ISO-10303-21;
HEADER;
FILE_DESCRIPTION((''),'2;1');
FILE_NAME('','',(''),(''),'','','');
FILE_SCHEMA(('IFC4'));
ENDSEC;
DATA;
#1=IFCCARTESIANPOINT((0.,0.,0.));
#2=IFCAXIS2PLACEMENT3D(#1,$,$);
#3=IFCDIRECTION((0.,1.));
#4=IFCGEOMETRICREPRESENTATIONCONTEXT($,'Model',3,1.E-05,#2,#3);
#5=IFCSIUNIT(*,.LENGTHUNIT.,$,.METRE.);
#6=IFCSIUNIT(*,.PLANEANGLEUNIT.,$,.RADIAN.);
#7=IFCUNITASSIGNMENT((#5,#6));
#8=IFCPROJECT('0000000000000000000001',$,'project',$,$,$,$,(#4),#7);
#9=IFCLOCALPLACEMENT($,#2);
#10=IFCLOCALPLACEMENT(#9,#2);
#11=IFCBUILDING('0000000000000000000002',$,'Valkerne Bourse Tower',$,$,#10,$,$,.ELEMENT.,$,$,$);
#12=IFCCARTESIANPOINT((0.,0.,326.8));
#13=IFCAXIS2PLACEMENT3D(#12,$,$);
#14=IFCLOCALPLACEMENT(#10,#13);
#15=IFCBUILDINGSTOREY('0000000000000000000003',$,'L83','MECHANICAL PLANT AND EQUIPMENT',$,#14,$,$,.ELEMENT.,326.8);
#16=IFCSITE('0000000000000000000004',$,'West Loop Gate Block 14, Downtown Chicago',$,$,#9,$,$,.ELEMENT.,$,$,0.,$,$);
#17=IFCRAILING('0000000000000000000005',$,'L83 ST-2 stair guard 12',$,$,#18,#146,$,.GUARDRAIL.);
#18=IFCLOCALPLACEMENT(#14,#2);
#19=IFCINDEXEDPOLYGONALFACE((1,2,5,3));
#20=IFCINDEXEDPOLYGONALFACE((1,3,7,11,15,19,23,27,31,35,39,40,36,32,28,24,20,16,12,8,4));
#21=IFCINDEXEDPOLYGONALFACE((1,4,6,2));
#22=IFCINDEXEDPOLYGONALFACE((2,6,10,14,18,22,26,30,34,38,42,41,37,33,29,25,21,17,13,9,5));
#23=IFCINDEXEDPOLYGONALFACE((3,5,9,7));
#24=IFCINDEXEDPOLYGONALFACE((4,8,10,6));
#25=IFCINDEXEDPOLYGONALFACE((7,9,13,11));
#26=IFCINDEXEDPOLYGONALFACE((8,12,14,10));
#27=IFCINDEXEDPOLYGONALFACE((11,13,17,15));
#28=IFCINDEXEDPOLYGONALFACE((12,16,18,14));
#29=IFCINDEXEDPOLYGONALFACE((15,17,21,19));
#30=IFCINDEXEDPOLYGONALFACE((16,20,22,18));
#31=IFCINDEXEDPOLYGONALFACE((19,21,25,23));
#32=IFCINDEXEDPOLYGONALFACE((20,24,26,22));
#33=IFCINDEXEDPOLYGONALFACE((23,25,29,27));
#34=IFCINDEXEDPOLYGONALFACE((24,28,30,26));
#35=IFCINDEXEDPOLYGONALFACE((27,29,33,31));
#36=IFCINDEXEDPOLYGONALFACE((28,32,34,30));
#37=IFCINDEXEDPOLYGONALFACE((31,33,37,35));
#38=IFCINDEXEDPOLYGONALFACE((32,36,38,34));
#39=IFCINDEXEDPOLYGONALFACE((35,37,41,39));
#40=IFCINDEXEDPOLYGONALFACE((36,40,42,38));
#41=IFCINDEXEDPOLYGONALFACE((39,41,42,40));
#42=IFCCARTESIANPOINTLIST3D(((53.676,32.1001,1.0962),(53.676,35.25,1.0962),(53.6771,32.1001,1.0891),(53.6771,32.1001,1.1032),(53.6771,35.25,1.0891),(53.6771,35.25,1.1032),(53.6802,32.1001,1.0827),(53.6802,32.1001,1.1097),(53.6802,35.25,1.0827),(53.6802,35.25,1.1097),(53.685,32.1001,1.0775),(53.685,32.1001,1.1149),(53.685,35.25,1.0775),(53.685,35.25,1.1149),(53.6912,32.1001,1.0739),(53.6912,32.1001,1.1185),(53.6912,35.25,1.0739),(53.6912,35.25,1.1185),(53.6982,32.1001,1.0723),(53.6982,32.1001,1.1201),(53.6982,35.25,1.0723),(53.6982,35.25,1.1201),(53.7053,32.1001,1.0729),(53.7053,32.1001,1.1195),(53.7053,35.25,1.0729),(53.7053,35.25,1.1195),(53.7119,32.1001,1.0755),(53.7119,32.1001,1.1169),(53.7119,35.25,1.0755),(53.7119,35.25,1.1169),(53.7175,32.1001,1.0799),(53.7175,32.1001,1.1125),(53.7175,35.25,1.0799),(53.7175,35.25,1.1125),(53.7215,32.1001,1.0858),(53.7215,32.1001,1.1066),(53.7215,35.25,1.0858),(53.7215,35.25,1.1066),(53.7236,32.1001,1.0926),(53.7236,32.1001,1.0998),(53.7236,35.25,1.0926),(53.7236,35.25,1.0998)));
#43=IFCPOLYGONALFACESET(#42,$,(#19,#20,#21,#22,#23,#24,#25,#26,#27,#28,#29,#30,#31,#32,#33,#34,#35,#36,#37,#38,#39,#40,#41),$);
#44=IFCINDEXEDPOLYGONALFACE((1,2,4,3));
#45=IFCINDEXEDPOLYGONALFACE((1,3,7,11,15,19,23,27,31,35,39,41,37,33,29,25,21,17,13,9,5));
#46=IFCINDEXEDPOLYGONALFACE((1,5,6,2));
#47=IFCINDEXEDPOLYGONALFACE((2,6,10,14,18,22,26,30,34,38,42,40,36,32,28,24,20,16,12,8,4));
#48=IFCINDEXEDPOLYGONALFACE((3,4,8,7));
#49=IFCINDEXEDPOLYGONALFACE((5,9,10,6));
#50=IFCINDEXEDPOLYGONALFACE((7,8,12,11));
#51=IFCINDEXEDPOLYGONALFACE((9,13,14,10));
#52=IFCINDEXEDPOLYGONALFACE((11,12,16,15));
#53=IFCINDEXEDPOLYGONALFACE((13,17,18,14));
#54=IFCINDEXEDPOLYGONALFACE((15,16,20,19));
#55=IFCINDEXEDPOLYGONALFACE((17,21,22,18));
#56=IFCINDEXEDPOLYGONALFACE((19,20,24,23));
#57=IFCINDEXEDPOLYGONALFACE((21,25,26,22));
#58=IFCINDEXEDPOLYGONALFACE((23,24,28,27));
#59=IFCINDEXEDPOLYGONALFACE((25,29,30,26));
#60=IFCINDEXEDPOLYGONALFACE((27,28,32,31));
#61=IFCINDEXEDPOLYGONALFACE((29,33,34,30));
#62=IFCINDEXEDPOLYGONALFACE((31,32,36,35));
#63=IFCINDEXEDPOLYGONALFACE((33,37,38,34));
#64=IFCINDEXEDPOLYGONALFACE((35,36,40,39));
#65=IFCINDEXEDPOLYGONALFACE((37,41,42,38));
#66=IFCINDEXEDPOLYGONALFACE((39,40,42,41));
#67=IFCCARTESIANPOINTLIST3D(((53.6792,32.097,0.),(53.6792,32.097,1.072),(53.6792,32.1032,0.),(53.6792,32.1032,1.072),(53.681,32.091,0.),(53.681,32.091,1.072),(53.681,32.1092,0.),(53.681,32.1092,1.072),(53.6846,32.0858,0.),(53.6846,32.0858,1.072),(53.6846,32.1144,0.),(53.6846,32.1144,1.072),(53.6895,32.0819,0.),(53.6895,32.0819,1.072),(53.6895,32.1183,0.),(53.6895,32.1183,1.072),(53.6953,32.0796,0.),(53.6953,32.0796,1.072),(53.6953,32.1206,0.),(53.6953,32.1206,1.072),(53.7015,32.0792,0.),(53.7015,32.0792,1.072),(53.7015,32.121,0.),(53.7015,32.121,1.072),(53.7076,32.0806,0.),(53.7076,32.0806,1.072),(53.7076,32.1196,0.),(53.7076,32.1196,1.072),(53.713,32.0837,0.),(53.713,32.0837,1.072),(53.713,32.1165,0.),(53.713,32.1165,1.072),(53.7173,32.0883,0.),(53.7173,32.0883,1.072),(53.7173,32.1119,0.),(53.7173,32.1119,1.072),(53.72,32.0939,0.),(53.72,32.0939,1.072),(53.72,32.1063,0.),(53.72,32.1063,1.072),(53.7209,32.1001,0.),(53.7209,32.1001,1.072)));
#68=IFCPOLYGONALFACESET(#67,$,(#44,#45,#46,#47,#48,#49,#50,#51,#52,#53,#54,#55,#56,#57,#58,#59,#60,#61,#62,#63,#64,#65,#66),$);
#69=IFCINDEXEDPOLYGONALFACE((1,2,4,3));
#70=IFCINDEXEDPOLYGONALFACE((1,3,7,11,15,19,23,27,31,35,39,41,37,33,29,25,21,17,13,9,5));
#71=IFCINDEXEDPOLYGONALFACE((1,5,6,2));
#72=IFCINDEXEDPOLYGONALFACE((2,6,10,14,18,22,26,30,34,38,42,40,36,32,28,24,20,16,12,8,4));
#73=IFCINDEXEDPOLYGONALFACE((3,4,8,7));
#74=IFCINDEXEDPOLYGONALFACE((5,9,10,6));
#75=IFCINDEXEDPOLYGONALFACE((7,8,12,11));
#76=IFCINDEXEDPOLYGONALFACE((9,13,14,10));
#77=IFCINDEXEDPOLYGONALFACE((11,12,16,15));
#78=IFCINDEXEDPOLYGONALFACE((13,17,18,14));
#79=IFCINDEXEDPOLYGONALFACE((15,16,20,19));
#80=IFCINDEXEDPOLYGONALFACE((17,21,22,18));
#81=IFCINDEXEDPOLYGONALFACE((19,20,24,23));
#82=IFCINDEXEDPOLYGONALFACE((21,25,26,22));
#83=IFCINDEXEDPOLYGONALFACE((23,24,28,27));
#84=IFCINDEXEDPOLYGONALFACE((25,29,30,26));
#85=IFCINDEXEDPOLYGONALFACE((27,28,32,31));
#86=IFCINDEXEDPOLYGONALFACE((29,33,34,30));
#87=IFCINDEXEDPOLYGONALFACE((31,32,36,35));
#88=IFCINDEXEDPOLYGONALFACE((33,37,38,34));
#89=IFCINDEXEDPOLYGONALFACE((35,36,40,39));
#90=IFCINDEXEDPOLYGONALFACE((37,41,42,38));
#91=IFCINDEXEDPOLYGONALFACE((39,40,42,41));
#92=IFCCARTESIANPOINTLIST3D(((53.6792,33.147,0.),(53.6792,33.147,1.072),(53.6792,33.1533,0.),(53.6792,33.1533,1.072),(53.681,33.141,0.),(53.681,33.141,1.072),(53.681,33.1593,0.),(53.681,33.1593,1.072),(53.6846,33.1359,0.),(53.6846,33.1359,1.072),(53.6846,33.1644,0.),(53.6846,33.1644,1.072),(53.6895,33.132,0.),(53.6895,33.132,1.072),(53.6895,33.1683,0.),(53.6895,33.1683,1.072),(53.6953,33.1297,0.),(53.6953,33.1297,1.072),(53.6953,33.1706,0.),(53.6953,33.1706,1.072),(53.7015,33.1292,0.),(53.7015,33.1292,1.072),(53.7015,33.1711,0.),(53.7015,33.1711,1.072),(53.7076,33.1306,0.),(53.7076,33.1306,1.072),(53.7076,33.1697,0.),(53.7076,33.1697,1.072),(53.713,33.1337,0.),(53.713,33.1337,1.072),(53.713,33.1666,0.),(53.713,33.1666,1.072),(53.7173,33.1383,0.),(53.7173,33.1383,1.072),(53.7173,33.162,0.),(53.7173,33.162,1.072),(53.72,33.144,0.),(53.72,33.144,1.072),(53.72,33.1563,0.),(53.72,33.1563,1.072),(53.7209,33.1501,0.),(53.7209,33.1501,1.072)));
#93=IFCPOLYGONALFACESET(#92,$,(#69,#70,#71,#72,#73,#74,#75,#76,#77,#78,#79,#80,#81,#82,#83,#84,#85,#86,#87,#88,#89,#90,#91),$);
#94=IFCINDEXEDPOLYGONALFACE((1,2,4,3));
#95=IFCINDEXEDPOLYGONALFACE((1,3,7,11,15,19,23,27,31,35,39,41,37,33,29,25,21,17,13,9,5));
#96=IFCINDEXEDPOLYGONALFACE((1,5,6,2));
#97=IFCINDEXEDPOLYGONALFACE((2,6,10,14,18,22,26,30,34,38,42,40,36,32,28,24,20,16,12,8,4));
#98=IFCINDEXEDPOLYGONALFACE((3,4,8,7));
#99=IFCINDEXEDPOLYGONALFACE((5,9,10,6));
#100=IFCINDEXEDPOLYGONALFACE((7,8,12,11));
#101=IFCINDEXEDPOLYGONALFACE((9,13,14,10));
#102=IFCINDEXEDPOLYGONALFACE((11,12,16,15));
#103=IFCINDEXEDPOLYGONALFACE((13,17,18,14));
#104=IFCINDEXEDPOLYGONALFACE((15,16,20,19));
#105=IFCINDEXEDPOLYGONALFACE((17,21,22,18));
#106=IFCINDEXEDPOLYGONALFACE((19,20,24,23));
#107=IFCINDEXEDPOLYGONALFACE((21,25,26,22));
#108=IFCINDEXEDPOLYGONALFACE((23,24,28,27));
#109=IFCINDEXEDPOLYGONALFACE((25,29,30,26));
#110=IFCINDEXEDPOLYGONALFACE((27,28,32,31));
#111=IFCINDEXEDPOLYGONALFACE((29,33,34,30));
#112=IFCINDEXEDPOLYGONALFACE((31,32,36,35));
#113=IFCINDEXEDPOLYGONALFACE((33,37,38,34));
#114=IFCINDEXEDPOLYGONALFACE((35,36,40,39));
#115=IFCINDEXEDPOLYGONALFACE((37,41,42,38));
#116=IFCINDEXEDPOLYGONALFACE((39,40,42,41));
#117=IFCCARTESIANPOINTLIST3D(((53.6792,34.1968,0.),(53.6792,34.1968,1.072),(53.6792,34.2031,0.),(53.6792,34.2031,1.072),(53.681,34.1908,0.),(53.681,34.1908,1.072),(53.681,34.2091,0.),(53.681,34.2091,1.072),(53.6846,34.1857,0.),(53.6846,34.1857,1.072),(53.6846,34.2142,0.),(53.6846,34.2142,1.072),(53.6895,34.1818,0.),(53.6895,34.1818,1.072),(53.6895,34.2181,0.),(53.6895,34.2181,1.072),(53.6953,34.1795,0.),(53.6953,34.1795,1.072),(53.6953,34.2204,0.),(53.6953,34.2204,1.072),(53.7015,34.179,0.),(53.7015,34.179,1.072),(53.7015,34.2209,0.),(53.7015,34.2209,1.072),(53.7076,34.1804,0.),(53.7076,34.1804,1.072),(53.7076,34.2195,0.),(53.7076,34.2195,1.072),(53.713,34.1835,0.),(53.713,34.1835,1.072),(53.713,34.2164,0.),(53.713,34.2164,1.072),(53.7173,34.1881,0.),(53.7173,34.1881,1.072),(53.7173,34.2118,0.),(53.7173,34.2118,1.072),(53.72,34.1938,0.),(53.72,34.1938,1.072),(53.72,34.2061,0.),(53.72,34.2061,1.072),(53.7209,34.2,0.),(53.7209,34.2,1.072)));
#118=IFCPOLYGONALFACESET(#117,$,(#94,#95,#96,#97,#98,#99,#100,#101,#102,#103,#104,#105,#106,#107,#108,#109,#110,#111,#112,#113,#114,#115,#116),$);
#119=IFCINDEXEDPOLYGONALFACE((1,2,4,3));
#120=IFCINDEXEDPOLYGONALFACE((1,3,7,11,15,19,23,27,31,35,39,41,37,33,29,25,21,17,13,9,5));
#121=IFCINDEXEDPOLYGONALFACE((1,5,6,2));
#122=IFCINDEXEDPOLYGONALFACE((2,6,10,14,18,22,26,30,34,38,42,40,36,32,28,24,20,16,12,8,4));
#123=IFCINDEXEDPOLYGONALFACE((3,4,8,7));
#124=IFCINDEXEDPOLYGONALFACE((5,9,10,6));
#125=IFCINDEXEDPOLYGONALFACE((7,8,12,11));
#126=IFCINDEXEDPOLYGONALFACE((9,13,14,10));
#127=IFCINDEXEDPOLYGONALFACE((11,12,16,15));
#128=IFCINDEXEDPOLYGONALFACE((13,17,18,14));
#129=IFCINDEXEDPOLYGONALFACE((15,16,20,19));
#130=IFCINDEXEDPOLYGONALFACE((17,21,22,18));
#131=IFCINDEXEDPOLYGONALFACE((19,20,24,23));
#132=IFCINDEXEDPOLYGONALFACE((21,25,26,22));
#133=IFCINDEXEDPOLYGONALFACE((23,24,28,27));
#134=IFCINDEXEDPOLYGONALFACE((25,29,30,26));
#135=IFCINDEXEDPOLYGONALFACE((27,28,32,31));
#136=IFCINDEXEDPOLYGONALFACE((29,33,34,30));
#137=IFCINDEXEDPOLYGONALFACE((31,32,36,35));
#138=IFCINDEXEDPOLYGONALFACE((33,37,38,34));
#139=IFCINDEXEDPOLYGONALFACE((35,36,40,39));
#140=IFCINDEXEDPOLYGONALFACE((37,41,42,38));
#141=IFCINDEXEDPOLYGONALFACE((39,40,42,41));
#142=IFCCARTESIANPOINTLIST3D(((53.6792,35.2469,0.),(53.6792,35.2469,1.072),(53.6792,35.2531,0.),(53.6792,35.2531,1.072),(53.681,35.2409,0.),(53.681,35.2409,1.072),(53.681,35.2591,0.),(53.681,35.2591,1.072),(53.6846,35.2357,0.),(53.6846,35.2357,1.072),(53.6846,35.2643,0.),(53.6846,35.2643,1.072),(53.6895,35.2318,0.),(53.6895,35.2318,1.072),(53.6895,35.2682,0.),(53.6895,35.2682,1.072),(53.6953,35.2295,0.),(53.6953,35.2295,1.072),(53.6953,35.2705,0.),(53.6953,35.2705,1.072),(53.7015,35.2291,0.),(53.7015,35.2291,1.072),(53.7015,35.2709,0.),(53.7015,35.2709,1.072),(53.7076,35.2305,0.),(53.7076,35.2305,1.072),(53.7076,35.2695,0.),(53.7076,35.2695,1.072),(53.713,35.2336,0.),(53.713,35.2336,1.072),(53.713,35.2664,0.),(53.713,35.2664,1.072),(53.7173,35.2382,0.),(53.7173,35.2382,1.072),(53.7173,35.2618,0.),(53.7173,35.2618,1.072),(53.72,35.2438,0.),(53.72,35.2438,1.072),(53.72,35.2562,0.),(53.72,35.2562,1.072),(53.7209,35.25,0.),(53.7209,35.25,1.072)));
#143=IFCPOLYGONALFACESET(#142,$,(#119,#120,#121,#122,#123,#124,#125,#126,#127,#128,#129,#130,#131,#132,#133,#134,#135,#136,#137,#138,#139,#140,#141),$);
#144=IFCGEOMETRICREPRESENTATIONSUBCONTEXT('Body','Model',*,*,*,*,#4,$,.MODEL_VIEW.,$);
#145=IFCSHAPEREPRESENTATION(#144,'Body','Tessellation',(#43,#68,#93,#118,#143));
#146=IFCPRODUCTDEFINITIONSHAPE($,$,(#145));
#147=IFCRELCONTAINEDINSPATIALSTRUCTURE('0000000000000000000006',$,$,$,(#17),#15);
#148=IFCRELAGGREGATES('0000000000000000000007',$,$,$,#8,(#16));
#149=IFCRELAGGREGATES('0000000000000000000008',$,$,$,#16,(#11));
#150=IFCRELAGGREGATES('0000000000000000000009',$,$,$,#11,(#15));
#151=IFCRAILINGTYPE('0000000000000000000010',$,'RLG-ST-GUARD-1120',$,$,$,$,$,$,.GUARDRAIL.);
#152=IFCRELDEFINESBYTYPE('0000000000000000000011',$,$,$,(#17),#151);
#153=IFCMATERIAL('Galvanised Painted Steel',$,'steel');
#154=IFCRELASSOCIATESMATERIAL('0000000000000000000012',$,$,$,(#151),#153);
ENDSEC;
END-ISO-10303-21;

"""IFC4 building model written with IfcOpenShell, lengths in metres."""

from ifc_helpers import new_model, si_unit, direction, frame, origin, origin_2d, place, context, subcontext, project, spatial, circle, extrude, material, type_object, element, save


model = new_model("IFC4")

# Units and contexts
model_context = context("Model", 3, precision=1e-05, world=origin(), true_north=direction((0.0, 1.0)))
body_context = subcontext(model_context, "Body", "Model", "MODEL_VIEW")
ifc_project = project(units=[si_unit("LENGTHUNIT", "METRE"), si_unit("PLANEANGLEUNIT", "RADIAN")], contexts=[model_context])

# Site, building, storey
site_placement = place(None, origin())
site = spatial("IfcSite", under=ifc_project, at=site_placement, Name="West Loop Gate Block 14, Downtown Chicago", CompositionType="ELEMENT", RefElevation=0.0)
building_placement = place(site_placement, origin())
building = spatial("IfcBuilding", under=site, at=building_placement, Name="Valkerne Bourse Tower", CompositionType="ELEMENT")
storey_placement = place(building_placement, frame((0.0, 0.0, 326.8)))
storey = spatial("IfcBuildingStorey", under=building, at=storey_placement, Name="L83", Description="MECHANICAL PLANT AND EQUIPMENT", CompositionType="ELEMENT", Elevation=326.8)

# Railing
ifc_material_1 = material(Name="Galvanised Painted Steel", Category="steel")
railing_type_1 = type_object("IfcRailingType", Name="RLG-ST-GUARD-1120", PredefinedType="GUARDRAIL", material=ifc_material_1)
railing_1_placement = place(storey_placement, frame((53.7, 32.1001, 0.0)))
element("IfcRailing", 1, at=railing_1_placement, inside=storey, type_object=railing_type_1, Name="L83 ST-2 stair guard 12", PredefinedType="GUARDRAIL", context=body_context, shape_type="SweptSolid", body=[
    extrude(circle(Radius=0.0239, at=origin_2d()), frame((0.0, 0.0, 1.0962), z_axis=(0.0, 1.0, 0.0), x_axis=(-1.0, 0.0, 0.0)), (0.0, 0.0, 1.0), 3.1499),
    extrude(circle(Radius=0.021, at=origin_2d()), origin(), (0.0, 0.0, 1.0), 1.072),
    extrude(circle(Radius=0.021, at=origin_2d()), frame((0.0, 1.05, 0.0)), (0.0, 0.0, 1.0), 1.072),
    extrude(circle(Radius=0.021, at=origin_2d()), frame((0.0, 2.0999, 0.0)), (0.0, 0.0, 1.0), 1.072),
    extrude(circle(Radius=0.021, at=origin_2d()), frame((0.0, 3.1499, 0.0)), (0.0, 0.0, 1.0), 1.072),
])

save(model, "model.ifc")
